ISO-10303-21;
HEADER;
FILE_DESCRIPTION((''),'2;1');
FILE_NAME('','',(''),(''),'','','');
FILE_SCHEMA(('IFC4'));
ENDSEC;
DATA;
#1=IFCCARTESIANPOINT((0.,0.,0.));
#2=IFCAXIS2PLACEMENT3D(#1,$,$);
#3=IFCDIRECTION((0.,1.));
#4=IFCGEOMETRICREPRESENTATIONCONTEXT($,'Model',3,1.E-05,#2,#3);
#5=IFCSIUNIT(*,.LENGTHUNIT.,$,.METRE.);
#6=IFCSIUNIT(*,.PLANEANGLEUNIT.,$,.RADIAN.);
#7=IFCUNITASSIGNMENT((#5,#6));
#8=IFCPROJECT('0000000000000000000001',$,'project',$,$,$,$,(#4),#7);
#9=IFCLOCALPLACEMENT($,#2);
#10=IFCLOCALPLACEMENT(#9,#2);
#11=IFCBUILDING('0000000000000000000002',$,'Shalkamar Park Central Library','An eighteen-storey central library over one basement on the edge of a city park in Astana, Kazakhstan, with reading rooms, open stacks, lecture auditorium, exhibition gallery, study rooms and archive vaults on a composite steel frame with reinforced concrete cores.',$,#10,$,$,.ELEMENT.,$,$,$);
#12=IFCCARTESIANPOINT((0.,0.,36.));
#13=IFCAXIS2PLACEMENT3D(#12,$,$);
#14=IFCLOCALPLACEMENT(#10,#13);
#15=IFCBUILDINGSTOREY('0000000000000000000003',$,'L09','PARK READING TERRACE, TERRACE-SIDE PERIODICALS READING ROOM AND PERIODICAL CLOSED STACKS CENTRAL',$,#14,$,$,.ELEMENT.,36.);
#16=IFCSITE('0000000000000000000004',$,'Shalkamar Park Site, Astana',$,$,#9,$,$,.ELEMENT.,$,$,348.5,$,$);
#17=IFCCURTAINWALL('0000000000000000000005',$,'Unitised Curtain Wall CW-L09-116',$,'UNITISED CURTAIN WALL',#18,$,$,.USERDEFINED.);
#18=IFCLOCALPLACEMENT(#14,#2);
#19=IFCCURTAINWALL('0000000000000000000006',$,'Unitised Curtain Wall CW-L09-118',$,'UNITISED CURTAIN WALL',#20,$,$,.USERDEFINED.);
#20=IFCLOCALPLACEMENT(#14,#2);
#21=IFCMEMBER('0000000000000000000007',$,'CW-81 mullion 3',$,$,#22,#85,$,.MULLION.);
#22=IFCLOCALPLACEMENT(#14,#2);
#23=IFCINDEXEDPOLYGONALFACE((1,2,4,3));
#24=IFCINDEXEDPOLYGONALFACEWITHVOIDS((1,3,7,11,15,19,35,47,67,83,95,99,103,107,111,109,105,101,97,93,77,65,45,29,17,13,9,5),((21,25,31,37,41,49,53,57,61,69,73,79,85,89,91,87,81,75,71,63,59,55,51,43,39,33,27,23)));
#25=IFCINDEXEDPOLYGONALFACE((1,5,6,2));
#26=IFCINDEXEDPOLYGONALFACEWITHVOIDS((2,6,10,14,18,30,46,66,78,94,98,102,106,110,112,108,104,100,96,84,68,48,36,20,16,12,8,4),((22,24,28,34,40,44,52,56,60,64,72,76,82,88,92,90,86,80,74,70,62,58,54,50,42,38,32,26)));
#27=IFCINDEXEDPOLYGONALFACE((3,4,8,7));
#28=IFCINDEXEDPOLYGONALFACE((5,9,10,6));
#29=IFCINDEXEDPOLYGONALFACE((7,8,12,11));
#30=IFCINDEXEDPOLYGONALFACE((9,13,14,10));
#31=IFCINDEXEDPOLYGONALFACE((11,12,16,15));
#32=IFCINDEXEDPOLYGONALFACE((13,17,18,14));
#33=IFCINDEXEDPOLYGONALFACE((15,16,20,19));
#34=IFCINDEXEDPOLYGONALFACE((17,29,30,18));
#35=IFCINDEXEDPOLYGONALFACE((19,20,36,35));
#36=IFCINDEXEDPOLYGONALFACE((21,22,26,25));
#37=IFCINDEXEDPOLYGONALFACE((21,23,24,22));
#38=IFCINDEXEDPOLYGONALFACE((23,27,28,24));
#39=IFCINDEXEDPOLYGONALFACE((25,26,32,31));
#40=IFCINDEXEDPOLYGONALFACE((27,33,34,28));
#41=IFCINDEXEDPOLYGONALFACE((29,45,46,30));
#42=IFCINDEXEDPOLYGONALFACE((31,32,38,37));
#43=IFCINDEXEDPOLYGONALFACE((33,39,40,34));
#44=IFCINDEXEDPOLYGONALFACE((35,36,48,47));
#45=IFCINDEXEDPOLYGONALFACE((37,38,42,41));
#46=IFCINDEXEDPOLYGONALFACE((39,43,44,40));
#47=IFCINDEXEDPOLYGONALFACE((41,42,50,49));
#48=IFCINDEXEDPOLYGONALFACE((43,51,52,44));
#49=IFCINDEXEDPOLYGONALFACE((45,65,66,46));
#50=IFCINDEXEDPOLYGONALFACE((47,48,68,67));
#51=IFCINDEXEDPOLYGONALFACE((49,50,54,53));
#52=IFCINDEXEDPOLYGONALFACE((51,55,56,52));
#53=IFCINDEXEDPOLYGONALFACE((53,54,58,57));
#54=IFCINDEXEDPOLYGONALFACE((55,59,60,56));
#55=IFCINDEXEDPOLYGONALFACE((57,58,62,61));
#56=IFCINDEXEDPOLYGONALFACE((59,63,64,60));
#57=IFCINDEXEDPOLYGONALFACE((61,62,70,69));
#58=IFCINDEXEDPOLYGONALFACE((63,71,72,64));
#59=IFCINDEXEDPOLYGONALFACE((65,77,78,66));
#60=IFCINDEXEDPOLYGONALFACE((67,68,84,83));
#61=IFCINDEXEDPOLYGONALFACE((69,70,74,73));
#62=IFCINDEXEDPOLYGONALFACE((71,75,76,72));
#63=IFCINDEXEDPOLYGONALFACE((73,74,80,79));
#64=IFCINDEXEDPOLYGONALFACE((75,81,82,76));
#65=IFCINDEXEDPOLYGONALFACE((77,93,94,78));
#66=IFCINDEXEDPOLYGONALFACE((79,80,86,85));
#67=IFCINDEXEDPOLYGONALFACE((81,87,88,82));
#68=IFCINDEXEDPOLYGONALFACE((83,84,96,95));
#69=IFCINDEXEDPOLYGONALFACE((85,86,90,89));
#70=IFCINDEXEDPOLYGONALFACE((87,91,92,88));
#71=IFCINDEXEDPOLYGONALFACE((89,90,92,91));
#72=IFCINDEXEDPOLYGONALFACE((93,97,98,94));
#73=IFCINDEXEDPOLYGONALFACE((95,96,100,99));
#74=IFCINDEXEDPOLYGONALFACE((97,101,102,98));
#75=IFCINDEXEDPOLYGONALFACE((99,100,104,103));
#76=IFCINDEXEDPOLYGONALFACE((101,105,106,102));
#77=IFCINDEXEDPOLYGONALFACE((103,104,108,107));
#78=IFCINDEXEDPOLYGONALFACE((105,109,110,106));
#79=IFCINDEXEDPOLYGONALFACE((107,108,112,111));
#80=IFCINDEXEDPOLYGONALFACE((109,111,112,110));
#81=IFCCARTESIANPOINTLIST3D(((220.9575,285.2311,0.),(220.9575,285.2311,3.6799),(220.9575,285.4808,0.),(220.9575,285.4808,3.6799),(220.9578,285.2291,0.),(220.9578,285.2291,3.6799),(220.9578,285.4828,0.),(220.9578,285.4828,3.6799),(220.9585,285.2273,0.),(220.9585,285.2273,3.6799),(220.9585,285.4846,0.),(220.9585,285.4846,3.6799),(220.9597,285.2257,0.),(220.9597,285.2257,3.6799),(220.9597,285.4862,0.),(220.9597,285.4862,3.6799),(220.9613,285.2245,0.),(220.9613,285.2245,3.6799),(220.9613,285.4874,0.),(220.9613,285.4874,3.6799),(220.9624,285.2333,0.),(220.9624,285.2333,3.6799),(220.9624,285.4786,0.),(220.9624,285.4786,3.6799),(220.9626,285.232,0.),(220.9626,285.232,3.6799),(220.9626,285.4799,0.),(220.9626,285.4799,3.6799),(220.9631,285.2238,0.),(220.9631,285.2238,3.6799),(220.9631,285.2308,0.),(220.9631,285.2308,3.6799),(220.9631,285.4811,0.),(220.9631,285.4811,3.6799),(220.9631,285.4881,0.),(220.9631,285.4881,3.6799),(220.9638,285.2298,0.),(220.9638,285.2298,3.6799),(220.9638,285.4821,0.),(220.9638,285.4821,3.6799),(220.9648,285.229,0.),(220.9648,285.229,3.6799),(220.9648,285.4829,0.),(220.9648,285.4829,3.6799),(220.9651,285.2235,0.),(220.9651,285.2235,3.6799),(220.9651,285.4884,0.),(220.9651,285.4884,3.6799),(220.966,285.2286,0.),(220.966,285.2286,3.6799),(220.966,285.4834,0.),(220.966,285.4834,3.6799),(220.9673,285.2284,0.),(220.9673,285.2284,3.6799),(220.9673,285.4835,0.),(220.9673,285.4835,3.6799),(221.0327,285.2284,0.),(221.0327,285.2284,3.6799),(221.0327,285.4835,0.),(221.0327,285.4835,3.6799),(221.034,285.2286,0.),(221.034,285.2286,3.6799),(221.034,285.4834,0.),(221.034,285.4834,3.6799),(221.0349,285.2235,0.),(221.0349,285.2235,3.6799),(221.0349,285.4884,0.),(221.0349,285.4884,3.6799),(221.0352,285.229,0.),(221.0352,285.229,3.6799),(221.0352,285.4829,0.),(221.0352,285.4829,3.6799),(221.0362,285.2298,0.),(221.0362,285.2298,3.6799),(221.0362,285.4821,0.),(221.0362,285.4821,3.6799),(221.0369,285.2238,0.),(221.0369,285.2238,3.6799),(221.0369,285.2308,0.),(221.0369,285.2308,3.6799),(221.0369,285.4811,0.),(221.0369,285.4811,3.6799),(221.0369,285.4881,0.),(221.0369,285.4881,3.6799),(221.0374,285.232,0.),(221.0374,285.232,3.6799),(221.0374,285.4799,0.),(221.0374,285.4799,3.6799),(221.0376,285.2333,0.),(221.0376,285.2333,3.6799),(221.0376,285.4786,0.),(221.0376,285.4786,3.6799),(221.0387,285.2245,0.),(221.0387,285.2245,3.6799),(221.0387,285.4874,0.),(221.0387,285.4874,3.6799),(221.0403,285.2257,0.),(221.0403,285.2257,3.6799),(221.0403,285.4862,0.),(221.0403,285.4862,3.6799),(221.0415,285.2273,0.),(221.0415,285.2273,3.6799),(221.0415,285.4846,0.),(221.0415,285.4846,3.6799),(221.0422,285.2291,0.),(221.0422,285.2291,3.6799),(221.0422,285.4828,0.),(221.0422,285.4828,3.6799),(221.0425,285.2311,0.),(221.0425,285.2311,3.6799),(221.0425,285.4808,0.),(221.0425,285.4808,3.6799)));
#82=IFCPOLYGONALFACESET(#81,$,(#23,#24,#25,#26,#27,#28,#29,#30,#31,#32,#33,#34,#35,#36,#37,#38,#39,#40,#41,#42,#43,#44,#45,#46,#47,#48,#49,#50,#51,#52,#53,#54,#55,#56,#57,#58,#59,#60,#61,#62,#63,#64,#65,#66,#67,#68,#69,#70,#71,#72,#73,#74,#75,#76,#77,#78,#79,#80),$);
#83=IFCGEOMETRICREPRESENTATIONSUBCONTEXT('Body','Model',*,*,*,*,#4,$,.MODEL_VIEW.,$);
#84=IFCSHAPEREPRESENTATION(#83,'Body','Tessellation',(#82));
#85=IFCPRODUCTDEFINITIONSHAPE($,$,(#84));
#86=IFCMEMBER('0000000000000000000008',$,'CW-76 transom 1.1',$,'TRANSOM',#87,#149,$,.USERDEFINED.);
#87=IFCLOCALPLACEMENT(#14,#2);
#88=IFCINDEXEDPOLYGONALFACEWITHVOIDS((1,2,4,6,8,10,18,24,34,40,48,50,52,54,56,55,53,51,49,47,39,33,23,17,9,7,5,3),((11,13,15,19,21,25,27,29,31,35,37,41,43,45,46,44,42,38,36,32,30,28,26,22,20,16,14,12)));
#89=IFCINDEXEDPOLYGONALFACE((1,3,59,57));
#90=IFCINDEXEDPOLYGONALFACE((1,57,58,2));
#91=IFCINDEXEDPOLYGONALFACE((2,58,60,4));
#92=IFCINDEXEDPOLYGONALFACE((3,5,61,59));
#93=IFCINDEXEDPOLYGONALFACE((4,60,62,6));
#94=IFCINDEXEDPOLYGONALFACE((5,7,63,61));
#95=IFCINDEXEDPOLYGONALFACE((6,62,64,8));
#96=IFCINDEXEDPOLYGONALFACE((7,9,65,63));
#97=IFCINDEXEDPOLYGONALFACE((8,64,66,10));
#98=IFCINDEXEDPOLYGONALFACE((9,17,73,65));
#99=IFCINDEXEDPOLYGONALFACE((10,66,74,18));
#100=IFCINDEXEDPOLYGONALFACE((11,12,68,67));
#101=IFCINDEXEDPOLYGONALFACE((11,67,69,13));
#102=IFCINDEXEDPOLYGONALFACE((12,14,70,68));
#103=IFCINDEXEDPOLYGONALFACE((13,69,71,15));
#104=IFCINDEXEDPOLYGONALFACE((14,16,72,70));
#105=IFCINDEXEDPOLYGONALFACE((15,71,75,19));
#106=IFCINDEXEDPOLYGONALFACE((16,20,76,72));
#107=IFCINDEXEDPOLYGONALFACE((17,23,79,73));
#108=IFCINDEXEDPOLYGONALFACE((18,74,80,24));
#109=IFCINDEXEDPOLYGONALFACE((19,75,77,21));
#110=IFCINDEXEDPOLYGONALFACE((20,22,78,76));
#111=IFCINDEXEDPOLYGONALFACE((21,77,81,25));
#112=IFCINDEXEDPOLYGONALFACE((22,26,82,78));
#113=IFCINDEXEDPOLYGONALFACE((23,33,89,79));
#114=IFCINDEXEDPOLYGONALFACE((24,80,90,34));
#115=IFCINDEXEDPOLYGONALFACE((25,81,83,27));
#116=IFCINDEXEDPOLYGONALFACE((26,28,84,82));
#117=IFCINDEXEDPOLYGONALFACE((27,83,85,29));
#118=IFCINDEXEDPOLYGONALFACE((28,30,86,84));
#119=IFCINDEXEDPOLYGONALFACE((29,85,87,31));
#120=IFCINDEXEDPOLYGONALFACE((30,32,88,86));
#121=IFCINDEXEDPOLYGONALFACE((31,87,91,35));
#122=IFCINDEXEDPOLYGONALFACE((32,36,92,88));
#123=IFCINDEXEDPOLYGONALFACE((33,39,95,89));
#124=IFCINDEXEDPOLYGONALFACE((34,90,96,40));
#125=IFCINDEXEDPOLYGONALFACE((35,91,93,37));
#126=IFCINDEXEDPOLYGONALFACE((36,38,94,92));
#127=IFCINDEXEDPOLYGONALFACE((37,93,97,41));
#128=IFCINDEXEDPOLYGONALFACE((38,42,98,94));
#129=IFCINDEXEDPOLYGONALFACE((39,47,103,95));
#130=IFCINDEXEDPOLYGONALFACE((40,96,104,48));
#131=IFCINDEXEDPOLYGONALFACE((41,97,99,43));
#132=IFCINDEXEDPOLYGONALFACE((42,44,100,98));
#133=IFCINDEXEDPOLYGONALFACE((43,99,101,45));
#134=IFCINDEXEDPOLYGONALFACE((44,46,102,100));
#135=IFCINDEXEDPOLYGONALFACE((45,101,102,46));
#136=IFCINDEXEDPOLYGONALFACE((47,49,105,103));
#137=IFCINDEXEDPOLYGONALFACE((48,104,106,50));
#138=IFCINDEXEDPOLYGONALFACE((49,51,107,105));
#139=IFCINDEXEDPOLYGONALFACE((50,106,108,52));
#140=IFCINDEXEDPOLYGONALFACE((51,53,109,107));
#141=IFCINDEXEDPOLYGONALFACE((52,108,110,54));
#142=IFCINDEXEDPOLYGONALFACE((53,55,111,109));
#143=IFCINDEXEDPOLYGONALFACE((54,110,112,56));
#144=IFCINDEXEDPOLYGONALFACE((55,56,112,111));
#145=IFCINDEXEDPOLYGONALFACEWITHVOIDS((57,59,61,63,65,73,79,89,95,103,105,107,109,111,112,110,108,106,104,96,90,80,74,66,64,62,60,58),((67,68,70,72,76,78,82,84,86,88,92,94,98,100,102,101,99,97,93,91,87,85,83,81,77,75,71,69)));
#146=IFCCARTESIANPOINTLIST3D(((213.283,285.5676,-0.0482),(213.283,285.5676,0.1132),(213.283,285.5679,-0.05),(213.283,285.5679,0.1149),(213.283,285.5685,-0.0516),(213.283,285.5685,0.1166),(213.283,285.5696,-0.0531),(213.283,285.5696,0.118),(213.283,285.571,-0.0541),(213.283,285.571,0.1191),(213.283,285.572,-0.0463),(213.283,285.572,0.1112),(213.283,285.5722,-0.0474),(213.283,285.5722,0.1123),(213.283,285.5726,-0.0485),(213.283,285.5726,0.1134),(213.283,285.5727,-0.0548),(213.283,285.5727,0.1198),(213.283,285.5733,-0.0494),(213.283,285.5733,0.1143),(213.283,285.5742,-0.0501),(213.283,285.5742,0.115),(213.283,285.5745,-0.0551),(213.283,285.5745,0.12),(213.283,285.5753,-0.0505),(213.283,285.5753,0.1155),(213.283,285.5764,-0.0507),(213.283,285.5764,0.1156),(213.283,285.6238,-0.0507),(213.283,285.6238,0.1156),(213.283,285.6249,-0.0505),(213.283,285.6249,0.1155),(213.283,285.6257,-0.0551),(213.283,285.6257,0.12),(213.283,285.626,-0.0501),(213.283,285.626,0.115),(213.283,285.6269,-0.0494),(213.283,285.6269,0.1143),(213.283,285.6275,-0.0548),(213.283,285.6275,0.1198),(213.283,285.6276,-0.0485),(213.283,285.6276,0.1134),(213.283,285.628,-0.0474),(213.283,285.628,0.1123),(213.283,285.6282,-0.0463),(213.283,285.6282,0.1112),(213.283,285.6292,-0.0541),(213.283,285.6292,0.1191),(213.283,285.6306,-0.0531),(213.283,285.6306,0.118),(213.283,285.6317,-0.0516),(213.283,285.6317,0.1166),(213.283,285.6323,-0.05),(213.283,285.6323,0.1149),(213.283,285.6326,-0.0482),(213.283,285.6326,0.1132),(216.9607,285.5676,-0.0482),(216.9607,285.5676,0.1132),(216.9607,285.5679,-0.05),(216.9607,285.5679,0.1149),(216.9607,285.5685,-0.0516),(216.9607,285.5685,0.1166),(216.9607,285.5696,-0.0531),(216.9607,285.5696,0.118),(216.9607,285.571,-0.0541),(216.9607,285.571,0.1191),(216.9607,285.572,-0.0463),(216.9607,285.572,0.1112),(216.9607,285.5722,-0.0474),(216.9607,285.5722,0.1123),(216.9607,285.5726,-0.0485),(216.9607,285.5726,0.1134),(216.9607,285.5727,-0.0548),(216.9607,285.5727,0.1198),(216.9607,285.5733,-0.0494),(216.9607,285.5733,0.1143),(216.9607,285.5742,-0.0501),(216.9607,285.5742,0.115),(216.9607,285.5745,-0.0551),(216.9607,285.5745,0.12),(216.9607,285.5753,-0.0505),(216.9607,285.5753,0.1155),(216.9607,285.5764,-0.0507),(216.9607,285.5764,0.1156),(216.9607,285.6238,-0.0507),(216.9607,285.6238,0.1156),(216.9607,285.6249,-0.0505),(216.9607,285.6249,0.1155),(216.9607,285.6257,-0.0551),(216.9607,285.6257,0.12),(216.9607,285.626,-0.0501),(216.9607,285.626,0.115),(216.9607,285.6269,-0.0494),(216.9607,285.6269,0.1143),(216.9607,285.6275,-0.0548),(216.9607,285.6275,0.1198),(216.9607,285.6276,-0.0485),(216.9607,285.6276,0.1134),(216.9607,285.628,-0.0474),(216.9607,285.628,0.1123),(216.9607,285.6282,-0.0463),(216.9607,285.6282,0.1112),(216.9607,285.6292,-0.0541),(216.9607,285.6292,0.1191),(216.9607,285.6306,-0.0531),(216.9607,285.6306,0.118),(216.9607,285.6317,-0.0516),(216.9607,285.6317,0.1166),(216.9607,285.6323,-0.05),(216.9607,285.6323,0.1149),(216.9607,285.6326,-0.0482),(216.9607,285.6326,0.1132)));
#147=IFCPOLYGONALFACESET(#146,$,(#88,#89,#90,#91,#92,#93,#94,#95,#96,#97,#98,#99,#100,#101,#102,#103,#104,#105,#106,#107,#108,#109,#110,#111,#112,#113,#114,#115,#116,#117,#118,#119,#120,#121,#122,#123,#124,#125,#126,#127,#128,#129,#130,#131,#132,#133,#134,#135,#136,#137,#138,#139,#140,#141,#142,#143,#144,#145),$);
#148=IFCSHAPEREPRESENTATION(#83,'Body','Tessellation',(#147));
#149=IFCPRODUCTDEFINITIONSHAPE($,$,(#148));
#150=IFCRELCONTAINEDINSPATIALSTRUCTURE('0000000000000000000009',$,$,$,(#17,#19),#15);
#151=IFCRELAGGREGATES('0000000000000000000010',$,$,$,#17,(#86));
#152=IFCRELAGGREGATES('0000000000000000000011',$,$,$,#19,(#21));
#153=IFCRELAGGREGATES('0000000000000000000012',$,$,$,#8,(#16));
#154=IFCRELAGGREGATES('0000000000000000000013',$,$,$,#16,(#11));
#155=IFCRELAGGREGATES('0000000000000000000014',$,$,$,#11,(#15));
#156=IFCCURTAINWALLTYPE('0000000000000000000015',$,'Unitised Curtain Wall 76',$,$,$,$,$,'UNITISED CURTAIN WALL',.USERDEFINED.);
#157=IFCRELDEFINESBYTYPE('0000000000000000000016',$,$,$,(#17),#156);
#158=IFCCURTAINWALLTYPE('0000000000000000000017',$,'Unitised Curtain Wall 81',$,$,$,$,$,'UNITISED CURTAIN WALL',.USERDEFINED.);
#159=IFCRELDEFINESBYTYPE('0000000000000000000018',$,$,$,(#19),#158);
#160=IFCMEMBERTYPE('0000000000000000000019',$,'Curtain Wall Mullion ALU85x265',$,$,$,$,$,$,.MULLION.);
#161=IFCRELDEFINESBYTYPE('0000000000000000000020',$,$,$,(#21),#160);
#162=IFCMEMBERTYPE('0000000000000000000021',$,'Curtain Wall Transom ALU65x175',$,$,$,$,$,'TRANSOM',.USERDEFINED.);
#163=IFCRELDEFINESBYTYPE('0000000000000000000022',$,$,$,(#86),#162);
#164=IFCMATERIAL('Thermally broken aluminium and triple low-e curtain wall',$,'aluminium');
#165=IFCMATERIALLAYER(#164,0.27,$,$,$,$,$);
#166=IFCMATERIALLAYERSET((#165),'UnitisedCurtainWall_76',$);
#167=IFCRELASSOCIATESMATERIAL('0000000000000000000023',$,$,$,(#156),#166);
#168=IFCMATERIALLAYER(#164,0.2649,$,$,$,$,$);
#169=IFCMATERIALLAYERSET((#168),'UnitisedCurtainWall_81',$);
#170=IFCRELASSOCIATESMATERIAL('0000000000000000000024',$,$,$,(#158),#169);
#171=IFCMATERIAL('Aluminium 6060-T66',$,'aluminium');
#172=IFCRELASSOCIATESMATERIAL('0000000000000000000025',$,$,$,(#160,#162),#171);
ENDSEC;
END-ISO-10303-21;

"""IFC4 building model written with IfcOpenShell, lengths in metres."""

from ifc_helpers import new_model, si_unit, direction, frame, origin, origin_2d, place, context, subcontext, project, spatial, hollow_rectangle, extrude, material, layer, layer_set, material_profile, profile_set, type_object, element, aggregate, save


model = new_model("IFC4")

# Units and contexts
model_context = context("Model", 3, precision=1e-05, world=origin(), true_north=direction((0.0, 1.0)))
body_context = subcontext(model_context, "Body", "Model", "MODEL_VIEW")
ifc_project = project(units=[si_unit("LENGTHUNIT", "METRE"), si_unit("PLANEANGLEUNIT", "RADIAN")], contexts=[model_context])

# Site, building, storey
site_placement = place(None, origin())
site = spatial("IfcSite", under=ifc_project, at=site_placement, Name="Shalkamar Park Site, Astana", CompositionType="ELEMENT", RefElevation=348.5)
building_placement = place(site_placement, origin())
building = spatial("IfcBuilding", under=site, at=building_placement, Name="Shalkamar Park Central Library", Description="An eighteen-storey central library over one basement on the edge of a city park in Astana, Kazakhstan, with reading rooms, open stacks, lecture auditorium, exhibition gallery, study rooms and archive vaults on a composite steel frame with reinforced concrete cores.", CompositionType="ELEMENT")
storey_placement = place(building_placement, frame((0.0, 0.0, 36.0)))
storey = spatial("IfcBuildingStorey", under=building, at=storey_placement, Name="L09", Description="PARK READING TERRACE, TERRACE-SIDE PERIODICALS READING ROOM AND PERIODICAL CLOSED STACKS CENTRAL", CompositionType="ELEMENT", Elevation=36.0)

# Curtain wall
ifc_material_1 = material(Name="Thermally broken aluminium and triple low-e curtain wall", Category="aluminium")
ifc_layer_1 = layer(ifc_material_1, 0.27)
ifc_layer_set_1 = layer_set([ifc_layer_1], Name="UnitisedCurtainWall_76")
curtain_wall_type_1 = type_object("IfcCurtainWallType", Name="Unitised Curtain Wall 76", ElementType="UNITISED CURTAIN WALL", PredefinedType="USERDEFINED", material=ifc_layer_set_1)
curtain_wall_1_placement = place(storey_placement, origin())
curtain_wall_1 = element("IfcCurtainWall", 1, at=curtain_wall_1_placement, inside=storey, type_object=curtain_wall_type_1, Name="Unitised Curtain Wall CW-L09-116", ObjectType="UNITISED CURTAIN WALL", PredefinedType="USERDEFINED")
ifc_material_2 = material(Name="Aluminium 6060-T66", Category="aluminium")

# Curtain wall, member
ifc_layer_2 = layer(ifc_material_1, 0.2649)
ifc_layer_set_2 = layer_set([ifc_layer_2], Name="UnitisedCurtainWall_81")
curtain_wall_type_2 = type_object("IfcCurtainWallType", Name="Unitised Curtain Wall 81", ElementType="UNITISED CURTAIN WALL", PredefinedType="USERDEFINED", material=ifc_layer_set_2)
curtain_wall_2_placement = place(storey_placement, origin())
curtain_wall_2 = element("IfcCurtainWall", 2, at=curtain_wall_2_placement, inside=storey, type_object=curtain_wall_type_2, Name="Unitised Curtain Wall CW-L09-118", ObjectType="UNITISED CURTAIN WALL", PredefinedType="USERDEFINED")
ifc_material_profile_1 = material_profile(ifc_material_2, hollow_rectangle(XDim=0.085, YDim=0.2649, WallThickness=0.0049, InnerFilletRadius=0.0049, OuterFilletRadius=0.0076, at=origin_2d()), Name="ALU 85x265x5")
ifc_profile_set_1 = profile_set([ifc_material_profile_1], Name="Aluminium 6060-T66")
member_type_1 = type_object("IfcMemberType", Name="Curtain Wall Mullion ALU85x265", PredefinedType="MULLION", material=ifc_profile_set_1)
member_1_placement = place(storey_placement, frame((221.0, 285.356, 0.0), z_axis=(0.0, 0.0, 1.0), x_axis=(-1.0, 0.0, 0.0)))
member_1 = element("IfcMember", 3, at=member_1_placement, type_object=member_type_1, Name="CW-81 mullion 3", PredefinedType="MULLION", context=body_context, shape_type="SweptSolid", body=[
    extrude(hollow_rectangle(XDim=0.085, YDim=0.2649, WallThickness=0.0049, InnerFilletRadius=0.0049, OuterFilletRadius=0.0076, at=origin_2d()), origin(), (0.0, 0.0, 1.0), 3.6799),
])

# Member
ifc_material_profile_2 = material_profile(ifc_material_2, hollow_rectangle(XDim=0.0649, YDim=0.175, WallThickness=0.0044, InnerFilletRadius=0.0044, OuterFilletRadius=0.0068, at=origin_2d()), Name="ALU 65x175x4.5")
ifc_profile_set_2 = profile_set([ifc_material_profile_2], Name="Aluminium 6060-T66")
member_type_2 = type_object("IfcMemberType", Name="Curtain Wall Transom ALU65x175", ElementType="TRANSOM", PredefinedType="USERDEFINED", material=ifc_profile_set_2)
member_2_placement = place(storey_placement, frame((213.283, 285.6001, 0.0325), z_axis=(1.0, 0.0, 0.0), x_axis=(0.0, 1.0, 0.0)))
member_2 = element("IfcMember", 4, at=member_2_placement, type_object=member_type_2, Name="CW-76 transom 1.1", ObjectType="TRANSOM", PredefinedType="USERDEFINED", context=body_context, shape_type="SweptSolid", body=[
    extrude(hollow_rectangle(XDim=0.0649, YDim=0.175, WallThickness=0.0044, InnerFilletRadius=0.0044, OuterFilletRadius=0.0068, at=origin_2d()), origin(), (0.0, 0.0, 1.0), 3.6777),
])

aggregate(curtain_wall_1, [member_2])
aggregate(curtain_wall_2, [member_1])

save(model, "model.ifc")
